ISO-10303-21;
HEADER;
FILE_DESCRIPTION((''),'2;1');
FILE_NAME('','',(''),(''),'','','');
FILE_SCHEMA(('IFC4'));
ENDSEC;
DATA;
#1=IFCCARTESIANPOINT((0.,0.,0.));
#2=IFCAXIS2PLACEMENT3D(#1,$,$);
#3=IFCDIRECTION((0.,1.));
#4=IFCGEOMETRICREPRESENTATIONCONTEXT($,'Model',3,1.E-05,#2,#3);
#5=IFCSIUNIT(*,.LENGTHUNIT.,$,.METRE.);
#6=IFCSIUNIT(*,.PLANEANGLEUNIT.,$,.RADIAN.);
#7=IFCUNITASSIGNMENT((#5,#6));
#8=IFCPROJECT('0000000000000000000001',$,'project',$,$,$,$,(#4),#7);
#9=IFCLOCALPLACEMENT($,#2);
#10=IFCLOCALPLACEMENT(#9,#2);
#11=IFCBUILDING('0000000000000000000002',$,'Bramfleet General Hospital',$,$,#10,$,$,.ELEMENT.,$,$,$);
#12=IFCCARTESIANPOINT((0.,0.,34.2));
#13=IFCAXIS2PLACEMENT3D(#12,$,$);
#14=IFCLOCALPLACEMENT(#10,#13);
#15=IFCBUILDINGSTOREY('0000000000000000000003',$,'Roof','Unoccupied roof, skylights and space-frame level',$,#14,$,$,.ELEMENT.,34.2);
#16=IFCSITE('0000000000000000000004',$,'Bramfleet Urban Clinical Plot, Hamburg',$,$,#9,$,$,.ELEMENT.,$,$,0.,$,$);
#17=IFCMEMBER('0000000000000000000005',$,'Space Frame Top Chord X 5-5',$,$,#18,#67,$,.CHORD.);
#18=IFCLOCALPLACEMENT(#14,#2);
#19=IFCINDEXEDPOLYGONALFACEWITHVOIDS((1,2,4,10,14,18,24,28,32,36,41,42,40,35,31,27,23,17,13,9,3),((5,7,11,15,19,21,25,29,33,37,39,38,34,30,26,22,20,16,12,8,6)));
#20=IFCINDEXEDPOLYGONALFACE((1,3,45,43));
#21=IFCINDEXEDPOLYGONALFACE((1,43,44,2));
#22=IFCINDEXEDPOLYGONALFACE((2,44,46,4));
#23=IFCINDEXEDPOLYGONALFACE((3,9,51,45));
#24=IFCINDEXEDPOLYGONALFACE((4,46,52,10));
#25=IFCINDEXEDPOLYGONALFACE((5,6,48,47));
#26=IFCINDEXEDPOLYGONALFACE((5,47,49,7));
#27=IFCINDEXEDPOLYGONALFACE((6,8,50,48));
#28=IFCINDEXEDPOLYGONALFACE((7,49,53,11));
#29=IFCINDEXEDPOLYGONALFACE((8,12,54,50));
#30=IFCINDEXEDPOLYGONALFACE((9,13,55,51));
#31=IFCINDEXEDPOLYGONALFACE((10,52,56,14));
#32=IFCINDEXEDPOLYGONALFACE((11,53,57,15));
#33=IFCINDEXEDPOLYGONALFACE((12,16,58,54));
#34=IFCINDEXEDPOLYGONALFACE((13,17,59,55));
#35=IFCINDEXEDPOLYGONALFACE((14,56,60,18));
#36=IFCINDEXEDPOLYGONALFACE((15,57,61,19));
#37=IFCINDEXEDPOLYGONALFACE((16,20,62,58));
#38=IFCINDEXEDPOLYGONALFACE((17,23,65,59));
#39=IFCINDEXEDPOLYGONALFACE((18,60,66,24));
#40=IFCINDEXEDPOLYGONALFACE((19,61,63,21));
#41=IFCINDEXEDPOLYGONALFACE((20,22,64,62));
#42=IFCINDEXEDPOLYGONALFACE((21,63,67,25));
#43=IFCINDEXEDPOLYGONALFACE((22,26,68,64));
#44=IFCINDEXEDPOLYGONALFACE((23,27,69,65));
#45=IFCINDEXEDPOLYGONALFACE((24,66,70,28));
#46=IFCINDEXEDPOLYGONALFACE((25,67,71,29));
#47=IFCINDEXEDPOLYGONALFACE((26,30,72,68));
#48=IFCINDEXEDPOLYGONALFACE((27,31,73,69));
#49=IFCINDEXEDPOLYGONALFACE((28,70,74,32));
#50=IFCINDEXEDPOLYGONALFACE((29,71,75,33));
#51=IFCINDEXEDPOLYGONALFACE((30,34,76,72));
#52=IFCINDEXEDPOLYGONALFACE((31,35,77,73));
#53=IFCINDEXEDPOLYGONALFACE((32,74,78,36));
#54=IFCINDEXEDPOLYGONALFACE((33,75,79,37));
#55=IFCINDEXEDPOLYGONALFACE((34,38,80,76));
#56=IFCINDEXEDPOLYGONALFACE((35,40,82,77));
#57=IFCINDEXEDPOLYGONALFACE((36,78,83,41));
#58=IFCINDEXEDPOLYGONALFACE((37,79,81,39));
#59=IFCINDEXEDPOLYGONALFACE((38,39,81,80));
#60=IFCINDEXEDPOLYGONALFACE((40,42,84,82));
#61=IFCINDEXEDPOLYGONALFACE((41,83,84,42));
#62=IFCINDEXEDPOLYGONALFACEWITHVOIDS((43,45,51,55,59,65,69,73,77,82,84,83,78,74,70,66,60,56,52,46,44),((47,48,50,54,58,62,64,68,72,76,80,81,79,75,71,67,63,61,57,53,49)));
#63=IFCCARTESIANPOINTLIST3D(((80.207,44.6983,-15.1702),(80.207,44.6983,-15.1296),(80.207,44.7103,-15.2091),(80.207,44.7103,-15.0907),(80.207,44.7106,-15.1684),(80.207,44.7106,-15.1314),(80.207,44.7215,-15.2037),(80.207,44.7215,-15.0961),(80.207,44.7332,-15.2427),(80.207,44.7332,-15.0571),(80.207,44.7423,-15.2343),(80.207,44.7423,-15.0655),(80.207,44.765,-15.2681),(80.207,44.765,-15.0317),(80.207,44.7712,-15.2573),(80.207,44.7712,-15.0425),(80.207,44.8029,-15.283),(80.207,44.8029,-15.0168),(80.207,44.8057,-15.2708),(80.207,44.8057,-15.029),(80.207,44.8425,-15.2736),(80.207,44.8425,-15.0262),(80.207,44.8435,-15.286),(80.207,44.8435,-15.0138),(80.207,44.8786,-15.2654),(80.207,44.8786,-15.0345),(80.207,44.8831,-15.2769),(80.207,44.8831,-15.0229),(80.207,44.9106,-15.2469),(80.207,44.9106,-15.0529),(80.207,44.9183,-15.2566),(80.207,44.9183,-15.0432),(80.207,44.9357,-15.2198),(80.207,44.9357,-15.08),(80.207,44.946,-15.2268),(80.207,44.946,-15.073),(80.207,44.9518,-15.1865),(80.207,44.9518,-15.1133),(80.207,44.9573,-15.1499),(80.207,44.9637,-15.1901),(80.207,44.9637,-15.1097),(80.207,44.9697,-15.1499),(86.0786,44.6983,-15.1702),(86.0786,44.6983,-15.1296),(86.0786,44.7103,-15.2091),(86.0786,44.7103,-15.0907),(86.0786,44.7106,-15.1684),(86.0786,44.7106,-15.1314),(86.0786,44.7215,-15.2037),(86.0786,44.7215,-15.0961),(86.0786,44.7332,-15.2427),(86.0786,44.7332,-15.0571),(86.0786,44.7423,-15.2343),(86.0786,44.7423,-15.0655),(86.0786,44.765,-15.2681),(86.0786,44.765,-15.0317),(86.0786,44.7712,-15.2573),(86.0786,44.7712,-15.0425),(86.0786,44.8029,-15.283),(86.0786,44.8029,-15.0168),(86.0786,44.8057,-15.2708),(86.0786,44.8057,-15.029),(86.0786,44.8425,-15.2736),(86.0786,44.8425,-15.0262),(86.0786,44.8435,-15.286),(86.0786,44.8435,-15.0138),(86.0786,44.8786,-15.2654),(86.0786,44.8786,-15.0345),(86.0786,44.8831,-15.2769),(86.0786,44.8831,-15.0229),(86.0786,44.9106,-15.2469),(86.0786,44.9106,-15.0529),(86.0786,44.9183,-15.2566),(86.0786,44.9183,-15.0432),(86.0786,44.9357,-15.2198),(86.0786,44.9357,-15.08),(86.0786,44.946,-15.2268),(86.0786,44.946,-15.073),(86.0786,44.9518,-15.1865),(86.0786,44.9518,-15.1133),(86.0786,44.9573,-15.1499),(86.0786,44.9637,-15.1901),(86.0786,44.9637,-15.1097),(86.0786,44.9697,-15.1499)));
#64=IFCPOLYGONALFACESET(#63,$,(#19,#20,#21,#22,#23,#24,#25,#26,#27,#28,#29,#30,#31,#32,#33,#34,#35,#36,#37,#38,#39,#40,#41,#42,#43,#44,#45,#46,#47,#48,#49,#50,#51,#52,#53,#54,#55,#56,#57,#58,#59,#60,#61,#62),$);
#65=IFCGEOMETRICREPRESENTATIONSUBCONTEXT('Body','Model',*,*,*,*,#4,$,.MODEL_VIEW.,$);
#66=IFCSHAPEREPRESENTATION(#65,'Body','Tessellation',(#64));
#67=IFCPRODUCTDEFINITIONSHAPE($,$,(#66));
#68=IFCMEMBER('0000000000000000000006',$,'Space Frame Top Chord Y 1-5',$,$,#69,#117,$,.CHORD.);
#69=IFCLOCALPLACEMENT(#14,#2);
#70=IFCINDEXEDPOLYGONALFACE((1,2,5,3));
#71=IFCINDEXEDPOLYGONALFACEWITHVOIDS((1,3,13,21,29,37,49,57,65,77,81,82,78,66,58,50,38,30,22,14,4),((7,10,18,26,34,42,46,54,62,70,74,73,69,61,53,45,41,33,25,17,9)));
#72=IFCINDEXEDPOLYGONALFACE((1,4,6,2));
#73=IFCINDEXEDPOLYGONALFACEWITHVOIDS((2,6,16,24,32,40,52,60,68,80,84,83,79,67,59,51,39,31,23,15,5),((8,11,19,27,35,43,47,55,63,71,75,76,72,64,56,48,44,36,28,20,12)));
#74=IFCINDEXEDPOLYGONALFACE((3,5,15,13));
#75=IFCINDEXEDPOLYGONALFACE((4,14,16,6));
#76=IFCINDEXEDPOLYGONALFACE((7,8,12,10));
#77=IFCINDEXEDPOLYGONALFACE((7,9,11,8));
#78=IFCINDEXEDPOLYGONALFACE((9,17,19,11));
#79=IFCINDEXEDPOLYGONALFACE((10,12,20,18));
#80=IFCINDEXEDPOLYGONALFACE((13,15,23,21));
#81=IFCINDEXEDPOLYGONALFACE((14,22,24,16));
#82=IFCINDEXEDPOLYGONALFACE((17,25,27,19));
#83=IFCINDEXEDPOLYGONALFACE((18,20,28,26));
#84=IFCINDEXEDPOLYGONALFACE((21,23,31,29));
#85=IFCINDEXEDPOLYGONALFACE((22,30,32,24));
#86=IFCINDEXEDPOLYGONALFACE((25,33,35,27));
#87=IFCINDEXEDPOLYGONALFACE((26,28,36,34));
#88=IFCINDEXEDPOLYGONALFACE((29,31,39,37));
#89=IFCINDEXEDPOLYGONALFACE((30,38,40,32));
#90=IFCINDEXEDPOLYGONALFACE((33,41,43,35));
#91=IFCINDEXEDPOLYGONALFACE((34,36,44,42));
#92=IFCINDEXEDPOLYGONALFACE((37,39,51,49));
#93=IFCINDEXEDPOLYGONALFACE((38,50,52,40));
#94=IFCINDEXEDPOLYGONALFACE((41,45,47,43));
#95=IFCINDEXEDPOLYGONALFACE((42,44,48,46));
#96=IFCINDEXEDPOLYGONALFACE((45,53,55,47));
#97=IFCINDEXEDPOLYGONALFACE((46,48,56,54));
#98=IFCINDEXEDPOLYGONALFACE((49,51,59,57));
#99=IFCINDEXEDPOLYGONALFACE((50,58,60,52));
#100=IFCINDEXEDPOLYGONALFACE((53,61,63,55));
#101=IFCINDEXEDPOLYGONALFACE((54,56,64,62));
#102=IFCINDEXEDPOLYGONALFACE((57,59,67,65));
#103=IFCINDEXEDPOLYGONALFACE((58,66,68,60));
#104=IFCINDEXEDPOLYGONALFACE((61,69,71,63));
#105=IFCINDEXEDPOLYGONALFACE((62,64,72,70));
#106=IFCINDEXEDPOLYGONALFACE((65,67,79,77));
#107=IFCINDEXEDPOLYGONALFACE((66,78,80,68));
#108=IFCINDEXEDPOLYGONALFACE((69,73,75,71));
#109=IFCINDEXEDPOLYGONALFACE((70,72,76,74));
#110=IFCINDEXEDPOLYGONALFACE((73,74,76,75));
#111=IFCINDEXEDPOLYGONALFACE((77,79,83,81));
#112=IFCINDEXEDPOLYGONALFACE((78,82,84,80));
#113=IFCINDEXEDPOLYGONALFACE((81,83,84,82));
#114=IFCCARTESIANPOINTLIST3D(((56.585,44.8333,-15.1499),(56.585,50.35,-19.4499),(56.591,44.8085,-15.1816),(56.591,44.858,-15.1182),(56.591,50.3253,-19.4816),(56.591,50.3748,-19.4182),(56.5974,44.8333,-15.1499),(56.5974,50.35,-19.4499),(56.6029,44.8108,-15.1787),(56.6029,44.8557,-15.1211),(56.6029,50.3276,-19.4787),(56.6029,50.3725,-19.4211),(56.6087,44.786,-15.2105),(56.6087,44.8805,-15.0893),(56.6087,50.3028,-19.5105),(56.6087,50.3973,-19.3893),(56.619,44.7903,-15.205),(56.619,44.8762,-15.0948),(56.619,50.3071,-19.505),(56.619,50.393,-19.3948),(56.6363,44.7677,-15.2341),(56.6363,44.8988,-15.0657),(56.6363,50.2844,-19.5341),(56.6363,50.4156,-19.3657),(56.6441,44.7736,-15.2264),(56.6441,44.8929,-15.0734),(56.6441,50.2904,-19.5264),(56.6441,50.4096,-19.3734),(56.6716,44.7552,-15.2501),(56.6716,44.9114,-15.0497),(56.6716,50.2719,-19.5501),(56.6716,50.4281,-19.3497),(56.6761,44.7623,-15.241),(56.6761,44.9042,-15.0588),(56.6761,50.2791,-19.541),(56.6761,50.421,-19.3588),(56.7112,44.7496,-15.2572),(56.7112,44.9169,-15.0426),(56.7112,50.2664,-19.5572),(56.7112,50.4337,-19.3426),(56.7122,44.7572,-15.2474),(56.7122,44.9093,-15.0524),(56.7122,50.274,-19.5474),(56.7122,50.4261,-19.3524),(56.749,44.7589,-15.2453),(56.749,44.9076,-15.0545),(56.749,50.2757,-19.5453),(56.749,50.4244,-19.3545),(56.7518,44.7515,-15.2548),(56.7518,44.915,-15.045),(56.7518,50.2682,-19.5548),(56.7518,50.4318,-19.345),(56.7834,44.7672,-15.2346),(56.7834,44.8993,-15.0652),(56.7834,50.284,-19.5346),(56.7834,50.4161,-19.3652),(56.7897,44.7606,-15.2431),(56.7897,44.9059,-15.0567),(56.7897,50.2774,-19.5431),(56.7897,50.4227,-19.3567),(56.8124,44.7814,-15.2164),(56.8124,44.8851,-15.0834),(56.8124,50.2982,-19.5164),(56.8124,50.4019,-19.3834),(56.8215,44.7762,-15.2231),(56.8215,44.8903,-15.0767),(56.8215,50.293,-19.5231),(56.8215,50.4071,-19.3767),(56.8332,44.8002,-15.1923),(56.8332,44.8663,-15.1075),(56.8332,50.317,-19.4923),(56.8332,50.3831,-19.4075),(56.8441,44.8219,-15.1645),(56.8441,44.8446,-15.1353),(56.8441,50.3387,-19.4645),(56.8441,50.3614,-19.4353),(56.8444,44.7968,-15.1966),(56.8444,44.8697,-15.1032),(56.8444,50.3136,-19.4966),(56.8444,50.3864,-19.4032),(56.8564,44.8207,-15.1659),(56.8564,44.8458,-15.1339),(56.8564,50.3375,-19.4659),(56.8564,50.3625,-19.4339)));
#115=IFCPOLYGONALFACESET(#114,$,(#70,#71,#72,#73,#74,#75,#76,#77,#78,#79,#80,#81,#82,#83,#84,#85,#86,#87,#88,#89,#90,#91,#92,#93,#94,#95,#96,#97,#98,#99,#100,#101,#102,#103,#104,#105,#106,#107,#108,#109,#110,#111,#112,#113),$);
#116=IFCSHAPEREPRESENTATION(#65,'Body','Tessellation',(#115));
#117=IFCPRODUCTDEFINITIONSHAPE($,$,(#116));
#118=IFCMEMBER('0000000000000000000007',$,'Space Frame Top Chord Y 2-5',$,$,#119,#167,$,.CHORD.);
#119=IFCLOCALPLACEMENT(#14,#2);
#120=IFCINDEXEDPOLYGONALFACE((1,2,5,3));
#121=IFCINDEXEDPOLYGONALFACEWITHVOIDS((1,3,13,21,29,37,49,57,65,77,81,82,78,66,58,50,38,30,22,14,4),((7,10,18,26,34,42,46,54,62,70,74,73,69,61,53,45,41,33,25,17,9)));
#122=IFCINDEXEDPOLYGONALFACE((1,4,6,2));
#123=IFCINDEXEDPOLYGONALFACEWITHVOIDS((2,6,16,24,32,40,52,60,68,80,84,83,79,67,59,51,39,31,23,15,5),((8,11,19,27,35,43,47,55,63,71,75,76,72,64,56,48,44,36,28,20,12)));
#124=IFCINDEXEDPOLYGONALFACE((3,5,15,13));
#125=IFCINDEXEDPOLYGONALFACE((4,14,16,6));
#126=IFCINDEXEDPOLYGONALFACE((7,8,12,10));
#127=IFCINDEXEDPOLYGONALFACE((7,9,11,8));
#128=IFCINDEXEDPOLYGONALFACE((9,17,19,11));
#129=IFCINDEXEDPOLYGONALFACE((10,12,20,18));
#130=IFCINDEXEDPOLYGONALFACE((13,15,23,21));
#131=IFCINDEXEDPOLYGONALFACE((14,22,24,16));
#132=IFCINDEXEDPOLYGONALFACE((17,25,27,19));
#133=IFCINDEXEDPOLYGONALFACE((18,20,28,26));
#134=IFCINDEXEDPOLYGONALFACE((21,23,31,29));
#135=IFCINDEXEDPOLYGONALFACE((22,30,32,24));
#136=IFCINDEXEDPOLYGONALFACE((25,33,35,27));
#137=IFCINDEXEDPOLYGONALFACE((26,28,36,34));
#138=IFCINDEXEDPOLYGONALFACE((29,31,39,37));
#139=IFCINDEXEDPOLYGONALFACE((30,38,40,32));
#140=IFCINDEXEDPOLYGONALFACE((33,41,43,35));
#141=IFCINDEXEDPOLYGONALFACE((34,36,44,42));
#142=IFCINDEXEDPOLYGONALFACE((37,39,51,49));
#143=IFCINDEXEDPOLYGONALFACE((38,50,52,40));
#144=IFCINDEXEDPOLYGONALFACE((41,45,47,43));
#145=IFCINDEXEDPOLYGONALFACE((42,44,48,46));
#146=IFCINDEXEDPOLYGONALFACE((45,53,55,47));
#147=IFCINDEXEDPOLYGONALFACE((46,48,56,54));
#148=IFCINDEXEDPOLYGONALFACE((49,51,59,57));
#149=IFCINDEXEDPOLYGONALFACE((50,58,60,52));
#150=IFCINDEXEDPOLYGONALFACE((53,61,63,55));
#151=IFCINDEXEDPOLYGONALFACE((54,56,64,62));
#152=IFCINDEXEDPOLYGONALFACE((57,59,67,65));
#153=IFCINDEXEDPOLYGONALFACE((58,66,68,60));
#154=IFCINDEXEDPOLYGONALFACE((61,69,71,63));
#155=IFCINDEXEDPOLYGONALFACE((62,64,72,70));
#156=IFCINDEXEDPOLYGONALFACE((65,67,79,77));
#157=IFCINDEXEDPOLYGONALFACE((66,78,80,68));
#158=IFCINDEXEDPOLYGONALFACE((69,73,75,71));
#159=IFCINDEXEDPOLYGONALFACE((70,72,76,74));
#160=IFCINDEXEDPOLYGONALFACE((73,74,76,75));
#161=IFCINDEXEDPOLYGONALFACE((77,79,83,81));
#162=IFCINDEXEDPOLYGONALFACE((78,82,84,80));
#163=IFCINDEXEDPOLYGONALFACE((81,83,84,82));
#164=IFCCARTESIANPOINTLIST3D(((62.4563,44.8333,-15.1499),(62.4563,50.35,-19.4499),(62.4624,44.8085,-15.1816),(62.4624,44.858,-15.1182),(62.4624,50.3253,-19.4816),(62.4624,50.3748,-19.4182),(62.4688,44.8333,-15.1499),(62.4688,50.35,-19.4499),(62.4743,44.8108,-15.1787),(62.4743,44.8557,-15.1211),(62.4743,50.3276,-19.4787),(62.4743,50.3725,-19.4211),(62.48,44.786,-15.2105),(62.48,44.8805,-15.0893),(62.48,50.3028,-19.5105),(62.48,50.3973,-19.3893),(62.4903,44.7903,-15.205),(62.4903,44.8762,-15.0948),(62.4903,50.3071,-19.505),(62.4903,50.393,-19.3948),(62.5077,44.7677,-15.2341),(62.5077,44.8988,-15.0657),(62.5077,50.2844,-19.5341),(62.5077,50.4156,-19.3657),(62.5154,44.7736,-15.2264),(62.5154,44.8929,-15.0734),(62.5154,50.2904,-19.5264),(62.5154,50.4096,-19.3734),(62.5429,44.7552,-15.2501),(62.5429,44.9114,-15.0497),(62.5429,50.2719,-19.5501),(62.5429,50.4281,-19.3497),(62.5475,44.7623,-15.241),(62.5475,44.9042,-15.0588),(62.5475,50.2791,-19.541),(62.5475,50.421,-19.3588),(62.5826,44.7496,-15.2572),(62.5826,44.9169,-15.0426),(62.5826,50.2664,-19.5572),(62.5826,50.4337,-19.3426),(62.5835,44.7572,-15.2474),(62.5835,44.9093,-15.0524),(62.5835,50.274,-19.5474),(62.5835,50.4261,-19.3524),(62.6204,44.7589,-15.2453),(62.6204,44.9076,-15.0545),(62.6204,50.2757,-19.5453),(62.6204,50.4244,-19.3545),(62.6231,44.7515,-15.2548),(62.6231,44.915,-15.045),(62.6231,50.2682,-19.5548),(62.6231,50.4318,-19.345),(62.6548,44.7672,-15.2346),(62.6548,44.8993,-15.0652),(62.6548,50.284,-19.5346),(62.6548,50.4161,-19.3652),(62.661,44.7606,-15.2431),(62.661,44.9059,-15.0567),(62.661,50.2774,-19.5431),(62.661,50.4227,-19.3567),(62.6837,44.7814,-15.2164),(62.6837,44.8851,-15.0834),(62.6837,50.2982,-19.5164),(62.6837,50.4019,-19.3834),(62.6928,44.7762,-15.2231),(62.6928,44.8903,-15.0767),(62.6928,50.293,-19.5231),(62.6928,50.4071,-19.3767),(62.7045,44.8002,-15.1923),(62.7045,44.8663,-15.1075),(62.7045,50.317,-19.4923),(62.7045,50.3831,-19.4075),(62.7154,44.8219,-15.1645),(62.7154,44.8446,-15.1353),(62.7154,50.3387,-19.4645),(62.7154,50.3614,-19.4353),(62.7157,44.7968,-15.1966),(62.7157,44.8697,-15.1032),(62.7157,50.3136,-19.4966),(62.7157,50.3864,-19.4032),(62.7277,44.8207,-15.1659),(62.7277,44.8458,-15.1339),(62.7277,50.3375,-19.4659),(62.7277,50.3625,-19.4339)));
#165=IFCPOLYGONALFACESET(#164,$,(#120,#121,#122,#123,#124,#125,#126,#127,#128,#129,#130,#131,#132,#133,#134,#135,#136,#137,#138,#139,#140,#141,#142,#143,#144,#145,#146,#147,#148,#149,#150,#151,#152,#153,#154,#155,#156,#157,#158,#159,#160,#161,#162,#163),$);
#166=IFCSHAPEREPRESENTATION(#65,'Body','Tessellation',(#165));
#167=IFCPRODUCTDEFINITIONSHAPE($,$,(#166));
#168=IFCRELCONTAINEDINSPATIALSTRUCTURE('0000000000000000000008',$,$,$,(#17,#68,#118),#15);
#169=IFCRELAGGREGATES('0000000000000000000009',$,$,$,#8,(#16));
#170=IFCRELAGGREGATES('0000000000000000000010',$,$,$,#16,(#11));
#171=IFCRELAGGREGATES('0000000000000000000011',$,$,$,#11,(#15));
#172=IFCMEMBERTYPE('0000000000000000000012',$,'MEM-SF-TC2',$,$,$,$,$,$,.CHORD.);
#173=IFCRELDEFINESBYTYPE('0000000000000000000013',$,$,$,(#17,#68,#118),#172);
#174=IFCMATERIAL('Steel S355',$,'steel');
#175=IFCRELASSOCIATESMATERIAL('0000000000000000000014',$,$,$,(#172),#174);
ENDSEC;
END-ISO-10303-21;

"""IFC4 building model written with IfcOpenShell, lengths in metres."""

from ifc_helpers import new_model, si_unit, direction, frame, origin, origin_2d, place, context, subcontext, project, spatial, hollow_circle, extrude, material, material_profile, profile_set, type_object, element, save


model = new_model("IFC4")

# Units and contexts
model_context = context("Model", 3, precision=1e-05, world=origin(), true_north=direction((0.0, 1.0)))
body_context = subcontext(model_context, "Body", "Model", "MODEL_VIEW")
ifc_project = project(units=[si_unit("LENGTHUNIT", "METRE"), si_unit("PLANEANGLEUNIT", "RADIAN")], contexts=[model_context])

# Site, building, storey
site_placement = place(None, origin())
site = spatial("IfcSite", under=ifc_project, at=site_placement, Name="Bramfleet Urban Clinical Plot, Hamburg", CompositionType="ELEMENT", RefElevation=0.0)
building_placement = place(site_placement, origin())
building = spatial("IfcBuilding", under=site, at=building_placement, Name="Bramfleet General Hospital", CompositionType="ELEMENT")
storey_placement = place(building_placement, frame((0.0, 0.0, 34.2)))
storey = spatial("IfcBuildingStorey", under=building, at=storey_placement, Name="Roof", Description="Unoccupied roof, skylights and space-frame level", CompositionType="ELEMENT", Elevation=34.2)

# Members
ifc_material = material(Name="Steel S355", Category="steel")
ifc_material_profile_1 = material_profile(ifc_material, hollow_circle(Radius=0.1365, WallThickness=0.0125, at=origin_2d()), Name="CHS 273.0x12.5")
ifc_profile_set_1 = profile_set([ifc_material_profile_1], Name="Steel S355")
member_type_1 = type_object("IfcMemberType", Name="MEM-SF-TC2", PredefinedType="CHORD", material=ifc_profile_set_1)
member_1_placement = place(storey_placement, frame((80.207, 44.8333, -15.1499), z_axis=(1.0, 0.0, 0.0), x_axis=(0.0, 1.0, 0.0)))
element("IfcMember", 1, at=member_1_placement, inside=storey, type_object=member_type_1, Name="Space Frame Top Chord X 5-5", PredefinedType="CHORD", context=body_context, shape_type="SweptSolid", body=[
    extrude(hollow_circle(Radius=0.1365, WallThickness=0.0125, at=origin_2d()), origin(), (0.0, 0.0, 1.0), 5.8716),
])
for number, where, z_axis, x_axis, name in (
    (2, (56.7214, 44.8333, -15.1499), (0.0, 0.788717, -0.614757), (-1.0, 0.0, 0.0), "Space Frame Top Chord Y 1-5"),
    (3, (62.5928, 44.8333, -15.1499), (0.0, 0.788717, -0.614757), (-1.0, 0.0, 0.0), "Space Frame Top Chord Y 2-5"),
):
    element("IfcMember", number, at=place(storey_placement, frame(where, z_axis=z_axis, x_axis=x_axis)), inside=storey, type_object=member_type_1, Name=name, PredefinedType="CHORD", context=body_context, shape_type="SweptSolid", body=[
        extrude(hollow_circle(Radius=0.1365, WallThickness=0.0125, at=origin_2d()), origin(), (0.0, 0.0, 1.0), 6.9946),
    ])

save(model, "model.ifc")
